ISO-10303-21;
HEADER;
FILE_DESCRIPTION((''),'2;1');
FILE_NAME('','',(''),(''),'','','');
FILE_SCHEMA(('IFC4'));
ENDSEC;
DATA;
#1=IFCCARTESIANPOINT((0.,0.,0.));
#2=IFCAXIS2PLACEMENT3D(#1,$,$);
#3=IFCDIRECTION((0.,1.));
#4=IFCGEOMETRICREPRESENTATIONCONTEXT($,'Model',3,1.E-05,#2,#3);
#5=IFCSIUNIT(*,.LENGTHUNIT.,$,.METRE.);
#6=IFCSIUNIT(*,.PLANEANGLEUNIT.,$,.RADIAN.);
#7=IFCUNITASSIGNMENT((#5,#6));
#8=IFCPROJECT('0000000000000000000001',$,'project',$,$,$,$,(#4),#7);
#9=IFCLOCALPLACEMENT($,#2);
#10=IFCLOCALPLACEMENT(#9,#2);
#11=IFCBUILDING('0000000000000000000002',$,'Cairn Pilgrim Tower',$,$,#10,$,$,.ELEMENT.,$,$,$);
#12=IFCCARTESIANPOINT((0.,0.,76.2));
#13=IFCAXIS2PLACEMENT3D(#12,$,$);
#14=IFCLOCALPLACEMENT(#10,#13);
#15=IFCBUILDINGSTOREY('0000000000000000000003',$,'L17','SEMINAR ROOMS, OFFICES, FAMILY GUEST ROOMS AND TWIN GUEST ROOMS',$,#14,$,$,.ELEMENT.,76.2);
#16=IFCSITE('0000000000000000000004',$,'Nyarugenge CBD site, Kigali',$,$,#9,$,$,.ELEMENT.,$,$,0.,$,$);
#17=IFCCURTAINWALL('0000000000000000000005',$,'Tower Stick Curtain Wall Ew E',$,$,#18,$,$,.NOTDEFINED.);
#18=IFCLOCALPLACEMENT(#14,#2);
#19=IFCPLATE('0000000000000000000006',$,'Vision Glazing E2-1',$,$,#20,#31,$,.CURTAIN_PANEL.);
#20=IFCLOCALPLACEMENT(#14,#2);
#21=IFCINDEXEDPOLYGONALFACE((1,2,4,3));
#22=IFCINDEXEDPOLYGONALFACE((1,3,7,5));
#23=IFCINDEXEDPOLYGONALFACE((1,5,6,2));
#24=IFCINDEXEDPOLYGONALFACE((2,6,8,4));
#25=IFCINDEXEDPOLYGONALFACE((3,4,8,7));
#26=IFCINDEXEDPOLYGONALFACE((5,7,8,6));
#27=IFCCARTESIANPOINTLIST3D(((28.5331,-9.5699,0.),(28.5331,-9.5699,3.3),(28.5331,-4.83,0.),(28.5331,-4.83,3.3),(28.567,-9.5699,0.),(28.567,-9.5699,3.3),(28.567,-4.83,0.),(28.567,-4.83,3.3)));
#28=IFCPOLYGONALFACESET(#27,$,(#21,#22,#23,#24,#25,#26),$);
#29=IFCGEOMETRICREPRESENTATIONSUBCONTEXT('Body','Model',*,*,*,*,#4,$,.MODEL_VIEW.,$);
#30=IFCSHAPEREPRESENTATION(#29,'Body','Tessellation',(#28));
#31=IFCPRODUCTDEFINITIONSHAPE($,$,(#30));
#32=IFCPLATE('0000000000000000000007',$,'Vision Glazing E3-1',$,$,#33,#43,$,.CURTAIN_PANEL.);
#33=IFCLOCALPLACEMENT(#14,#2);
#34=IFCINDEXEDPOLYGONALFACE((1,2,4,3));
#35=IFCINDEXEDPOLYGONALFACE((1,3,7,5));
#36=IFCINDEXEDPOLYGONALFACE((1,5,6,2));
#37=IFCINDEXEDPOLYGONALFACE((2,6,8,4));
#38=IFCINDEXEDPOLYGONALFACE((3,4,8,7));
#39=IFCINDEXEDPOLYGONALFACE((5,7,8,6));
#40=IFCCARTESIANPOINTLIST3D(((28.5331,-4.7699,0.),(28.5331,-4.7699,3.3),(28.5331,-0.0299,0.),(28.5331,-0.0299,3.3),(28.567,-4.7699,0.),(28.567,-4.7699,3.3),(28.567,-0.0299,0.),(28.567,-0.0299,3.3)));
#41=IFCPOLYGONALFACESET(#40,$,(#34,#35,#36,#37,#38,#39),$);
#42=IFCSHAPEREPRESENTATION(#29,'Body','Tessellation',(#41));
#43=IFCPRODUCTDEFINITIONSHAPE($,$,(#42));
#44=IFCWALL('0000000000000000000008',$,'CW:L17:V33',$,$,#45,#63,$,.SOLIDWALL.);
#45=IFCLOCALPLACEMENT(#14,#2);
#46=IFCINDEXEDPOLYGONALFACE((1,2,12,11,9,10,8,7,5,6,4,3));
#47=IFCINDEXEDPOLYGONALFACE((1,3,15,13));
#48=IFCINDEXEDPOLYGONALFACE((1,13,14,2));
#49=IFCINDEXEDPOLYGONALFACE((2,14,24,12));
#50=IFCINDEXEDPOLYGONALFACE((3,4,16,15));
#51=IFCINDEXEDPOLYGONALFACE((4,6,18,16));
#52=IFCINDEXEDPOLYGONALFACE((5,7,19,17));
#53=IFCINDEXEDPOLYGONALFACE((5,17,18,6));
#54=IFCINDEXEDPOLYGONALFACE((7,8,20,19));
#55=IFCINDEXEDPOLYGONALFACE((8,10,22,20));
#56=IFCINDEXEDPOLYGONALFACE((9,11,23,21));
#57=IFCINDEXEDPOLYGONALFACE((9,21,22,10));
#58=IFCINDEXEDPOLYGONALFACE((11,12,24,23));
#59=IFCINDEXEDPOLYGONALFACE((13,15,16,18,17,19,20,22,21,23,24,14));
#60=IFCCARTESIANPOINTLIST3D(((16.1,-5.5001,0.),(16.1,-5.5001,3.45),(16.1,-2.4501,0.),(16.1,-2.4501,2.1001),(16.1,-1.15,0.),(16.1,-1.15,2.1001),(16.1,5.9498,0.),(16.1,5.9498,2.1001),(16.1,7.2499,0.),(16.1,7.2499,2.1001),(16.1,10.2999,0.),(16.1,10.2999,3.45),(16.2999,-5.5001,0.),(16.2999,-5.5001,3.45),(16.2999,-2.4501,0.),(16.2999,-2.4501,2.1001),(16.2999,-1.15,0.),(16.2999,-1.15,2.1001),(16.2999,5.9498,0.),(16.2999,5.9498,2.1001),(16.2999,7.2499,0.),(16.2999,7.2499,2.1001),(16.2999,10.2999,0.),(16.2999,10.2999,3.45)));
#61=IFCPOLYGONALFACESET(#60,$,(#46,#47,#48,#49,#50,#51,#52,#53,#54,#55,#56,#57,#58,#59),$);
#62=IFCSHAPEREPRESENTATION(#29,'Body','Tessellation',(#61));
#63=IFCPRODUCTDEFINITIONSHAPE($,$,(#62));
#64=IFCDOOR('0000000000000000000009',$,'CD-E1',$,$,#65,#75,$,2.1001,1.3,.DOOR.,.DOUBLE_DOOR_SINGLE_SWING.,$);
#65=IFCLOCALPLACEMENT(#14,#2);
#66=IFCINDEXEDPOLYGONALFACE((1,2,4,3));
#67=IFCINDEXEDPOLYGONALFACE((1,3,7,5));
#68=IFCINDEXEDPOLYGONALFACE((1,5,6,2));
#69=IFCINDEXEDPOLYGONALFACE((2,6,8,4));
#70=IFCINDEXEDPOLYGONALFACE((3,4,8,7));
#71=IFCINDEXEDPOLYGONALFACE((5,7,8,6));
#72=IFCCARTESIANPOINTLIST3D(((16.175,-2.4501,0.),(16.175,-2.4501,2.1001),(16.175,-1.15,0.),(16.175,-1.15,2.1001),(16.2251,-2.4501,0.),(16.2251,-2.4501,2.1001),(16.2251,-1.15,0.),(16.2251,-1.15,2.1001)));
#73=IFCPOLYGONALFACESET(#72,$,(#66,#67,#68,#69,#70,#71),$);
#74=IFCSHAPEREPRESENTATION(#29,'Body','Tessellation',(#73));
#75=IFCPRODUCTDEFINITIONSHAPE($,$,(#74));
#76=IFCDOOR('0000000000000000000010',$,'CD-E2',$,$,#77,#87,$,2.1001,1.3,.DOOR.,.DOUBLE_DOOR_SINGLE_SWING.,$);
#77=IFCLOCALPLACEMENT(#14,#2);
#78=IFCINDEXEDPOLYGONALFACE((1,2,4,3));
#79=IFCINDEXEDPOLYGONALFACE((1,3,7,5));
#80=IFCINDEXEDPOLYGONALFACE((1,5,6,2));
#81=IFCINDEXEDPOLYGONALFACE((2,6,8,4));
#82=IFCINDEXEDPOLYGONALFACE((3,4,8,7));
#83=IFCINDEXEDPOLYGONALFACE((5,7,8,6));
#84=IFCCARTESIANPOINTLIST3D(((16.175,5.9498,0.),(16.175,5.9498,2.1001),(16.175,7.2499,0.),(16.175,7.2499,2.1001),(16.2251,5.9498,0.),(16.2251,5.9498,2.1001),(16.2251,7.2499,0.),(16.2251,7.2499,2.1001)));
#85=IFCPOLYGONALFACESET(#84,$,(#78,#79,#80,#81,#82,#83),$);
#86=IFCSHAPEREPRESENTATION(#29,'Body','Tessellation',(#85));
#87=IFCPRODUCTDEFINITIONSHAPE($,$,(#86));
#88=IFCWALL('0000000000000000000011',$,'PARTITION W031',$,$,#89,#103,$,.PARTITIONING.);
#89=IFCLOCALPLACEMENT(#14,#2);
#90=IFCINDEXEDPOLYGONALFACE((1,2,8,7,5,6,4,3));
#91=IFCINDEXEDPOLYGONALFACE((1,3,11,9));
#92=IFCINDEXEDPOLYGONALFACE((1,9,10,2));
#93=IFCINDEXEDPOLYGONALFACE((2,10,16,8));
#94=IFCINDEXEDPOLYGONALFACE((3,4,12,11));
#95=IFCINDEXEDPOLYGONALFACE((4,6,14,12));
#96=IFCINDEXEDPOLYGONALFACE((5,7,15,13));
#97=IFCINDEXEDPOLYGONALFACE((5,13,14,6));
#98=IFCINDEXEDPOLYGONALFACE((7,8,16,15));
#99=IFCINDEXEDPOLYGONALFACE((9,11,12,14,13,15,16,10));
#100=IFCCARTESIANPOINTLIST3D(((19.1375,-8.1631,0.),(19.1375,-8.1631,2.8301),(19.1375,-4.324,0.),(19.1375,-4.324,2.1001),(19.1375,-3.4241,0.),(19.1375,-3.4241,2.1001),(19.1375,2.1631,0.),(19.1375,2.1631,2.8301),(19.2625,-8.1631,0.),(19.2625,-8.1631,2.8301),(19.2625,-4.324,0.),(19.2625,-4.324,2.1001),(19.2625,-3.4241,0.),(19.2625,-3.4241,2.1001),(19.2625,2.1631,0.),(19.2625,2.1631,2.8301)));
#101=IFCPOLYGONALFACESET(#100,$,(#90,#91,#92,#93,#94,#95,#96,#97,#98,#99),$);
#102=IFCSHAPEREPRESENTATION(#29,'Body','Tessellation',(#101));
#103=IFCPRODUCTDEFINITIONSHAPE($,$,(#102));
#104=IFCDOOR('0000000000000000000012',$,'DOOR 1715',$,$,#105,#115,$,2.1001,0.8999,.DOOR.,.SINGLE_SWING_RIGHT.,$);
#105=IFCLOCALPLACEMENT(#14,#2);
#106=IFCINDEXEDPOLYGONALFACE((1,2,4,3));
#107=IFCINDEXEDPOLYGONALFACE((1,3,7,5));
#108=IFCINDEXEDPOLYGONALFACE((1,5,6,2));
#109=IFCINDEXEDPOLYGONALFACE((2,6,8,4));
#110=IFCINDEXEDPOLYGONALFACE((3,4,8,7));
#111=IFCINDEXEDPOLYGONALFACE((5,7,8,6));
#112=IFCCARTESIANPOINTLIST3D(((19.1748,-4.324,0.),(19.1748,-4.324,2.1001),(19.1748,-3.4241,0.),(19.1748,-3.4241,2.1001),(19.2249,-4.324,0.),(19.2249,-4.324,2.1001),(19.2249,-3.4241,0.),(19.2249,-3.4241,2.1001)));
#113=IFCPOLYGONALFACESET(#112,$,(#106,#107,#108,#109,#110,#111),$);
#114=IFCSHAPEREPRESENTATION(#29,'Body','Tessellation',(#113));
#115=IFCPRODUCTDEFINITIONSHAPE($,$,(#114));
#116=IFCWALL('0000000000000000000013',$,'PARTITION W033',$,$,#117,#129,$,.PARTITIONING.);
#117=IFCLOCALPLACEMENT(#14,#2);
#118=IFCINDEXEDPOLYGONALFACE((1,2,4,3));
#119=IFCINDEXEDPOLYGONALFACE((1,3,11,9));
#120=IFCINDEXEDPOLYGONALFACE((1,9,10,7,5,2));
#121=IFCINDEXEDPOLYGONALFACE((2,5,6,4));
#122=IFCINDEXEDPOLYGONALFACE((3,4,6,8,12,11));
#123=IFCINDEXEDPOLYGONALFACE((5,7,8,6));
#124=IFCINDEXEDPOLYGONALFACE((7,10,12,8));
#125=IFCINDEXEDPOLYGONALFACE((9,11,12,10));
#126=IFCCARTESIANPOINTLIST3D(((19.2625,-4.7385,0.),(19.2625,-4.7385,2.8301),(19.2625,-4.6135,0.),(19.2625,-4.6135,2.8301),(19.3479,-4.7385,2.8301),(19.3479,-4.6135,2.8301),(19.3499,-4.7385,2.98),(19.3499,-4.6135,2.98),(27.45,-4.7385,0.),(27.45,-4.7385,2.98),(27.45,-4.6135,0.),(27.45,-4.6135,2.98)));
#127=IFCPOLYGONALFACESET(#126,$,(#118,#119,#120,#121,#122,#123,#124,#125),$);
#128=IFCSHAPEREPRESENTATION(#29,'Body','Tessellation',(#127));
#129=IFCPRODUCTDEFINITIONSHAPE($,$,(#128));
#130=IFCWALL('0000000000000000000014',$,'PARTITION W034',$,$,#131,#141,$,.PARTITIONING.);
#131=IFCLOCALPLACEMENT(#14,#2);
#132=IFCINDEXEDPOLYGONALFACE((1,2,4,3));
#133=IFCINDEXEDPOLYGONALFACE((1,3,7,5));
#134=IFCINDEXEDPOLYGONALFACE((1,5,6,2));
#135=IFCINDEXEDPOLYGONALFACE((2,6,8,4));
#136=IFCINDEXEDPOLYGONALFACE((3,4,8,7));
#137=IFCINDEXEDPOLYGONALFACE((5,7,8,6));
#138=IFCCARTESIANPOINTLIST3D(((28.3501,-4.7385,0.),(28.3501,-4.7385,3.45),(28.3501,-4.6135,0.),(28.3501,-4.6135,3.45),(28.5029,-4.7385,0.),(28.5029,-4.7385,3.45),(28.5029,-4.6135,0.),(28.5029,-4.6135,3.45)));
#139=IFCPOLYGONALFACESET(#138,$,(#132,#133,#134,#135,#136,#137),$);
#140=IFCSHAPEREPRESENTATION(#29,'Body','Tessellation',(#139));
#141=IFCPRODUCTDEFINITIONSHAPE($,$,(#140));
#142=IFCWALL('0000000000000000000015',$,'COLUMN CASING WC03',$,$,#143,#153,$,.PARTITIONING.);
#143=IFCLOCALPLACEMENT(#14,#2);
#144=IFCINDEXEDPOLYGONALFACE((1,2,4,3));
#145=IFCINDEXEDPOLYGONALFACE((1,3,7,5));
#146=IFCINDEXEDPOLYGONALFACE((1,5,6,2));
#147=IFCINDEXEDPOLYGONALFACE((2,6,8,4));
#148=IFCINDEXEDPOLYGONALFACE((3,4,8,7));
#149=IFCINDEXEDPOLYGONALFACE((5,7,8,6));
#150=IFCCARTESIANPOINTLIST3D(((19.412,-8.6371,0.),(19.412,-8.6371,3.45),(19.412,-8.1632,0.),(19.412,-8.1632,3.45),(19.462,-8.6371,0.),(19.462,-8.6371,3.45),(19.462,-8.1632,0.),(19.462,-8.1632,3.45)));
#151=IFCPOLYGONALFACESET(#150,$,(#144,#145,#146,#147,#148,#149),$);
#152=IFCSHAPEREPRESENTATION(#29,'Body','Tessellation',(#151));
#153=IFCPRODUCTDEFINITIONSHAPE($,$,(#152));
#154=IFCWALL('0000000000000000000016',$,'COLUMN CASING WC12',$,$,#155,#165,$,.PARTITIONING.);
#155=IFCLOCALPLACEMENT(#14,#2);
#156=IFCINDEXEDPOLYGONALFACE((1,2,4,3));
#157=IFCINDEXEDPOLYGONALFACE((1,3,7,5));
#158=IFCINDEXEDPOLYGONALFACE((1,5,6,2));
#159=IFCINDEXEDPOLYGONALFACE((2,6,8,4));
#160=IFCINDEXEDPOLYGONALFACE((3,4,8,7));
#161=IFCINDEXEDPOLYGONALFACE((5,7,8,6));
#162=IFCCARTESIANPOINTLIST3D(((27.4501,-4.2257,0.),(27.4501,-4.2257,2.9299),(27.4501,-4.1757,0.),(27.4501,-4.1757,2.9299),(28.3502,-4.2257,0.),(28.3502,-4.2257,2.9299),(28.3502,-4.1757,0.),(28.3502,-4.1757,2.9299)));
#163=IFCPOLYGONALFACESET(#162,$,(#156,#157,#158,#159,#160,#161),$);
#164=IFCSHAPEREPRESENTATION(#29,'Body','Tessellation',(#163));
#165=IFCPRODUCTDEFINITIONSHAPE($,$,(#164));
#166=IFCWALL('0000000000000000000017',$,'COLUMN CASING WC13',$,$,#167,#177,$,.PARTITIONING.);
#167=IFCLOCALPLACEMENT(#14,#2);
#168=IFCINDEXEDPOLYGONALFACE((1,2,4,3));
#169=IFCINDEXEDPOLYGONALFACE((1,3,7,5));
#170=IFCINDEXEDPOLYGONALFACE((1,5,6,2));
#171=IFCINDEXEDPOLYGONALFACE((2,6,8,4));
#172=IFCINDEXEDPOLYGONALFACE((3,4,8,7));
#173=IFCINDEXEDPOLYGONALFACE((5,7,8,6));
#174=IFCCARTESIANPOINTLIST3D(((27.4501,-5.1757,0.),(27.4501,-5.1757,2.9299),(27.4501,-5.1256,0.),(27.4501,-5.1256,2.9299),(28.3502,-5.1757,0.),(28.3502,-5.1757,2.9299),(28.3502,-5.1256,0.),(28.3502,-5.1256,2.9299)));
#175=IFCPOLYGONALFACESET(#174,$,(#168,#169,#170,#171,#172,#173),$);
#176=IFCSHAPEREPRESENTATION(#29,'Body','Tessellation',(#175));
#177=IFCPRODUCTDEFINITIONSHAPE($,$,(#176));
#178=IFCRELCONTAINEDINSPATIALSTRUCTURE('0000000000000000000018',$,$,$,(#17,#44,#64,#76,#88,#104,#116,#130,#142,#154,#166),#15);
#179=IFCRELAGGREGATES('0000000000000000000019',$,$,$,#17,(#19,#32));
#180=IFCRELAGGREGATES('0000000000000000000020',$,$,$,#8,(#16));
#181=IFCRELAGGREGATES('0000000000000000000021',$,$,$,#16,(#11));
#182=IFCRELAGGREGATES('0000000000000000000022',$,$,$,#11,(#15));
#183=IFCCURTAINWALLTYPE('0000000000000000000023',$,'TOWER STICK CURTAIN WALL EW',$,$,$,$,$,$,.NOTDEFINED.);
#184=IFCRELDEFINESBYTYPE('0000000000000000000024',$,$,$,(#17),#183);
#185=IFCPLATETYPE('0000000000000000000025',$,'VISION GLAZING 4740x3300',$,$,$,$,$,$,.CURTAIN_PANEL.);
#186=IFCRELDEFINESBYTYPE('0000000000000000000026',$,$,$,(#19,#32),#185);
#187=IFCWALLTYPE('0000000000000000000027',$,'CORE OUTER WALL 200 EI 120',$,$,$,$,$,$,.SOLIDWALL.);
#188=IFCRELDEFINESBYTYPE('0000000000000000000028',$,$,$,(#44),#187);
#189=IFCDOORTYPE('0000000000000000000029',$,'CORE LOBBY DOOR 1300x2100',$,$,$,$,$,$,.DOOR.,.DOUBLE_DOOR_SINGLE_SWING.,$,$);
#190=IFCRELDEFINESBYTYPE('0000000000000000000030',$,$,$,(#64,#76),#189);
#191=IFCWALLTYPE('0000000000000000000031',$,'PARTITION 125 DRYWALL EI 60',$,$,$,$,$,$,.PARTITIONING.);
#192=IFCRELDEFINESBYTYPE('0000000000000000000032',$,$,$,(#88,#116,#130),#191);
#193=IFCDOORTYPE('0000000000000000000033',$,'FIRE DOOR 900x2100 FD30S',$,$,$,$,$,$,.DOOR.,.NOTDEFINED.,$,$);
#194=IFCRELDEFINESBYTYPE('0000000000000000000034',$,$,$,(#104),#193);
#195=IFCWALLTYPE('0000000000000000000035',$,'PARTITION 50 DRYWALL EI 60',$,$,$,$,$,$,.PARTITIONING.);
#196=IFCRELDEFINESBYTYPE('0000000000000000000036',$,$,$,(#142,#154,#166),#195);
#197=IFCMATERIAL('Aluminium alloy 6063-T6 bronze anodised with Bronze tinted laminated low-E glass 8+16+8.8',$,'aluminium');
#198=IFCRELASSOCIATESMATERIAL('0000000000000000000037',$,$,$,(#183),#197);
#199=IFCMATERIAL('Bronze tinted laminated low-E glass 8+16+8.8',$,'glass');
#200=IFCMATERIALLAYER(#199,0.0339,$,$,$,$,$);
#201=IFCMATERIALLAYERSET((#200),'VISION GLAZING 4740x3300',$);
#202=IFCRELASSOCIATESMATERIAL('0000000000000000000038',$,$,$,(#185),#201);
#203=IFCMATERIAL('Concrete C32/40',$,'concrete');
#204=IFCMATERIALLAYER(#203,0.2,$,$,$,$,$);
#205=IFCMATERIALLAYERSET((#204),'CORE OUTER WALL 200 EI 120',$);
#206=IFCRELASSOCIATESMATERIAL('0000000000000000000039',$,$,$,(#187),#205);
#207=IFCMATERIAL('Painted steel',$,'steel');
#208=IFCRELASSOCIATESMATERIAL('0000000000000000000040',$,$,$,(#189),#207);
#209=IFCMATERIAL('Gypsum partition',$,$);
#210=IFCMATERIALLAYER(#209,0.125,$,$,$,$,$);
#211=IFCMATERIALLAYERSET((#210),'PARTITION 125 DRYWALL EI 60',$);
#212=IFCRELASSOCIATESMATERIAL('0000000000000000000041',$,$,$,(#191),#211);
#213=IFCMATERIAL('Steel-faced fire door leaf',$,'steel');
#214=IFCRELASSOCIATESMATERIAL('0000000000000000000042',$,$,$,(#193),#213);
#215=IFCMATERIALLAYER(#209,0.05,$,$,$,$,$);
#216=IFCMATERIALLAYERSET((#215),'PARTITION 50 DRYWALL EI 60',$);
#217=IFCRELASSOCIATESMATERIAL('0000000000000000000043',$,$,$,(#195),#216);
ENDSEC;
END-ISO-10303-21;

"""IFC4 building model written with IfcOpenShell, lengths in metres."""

from ifc_helpers import new_model, si_unit, direction, frame, frame_2d, origin, origin_2d, place, context, subcontext, project, spatial, polyline, rectangle, outline, extrude, material, layer, layer_set, type_object, element, fill, aggregate, save


model = new_model("IFC4")

# Units and contexts
model_context = context("Model", 3, precision=1e-05, world=origin(), true_north=direction((0.0, 1.0)))
body_context = subcontext(model_context, "Body", "Model", "MODEL_VIEW")
ifc_project = project(units=[si_unit("LENGTHUNIT", "METRE"), si_unit("PLANEANGLEUNIT", "RADIAN")], contexts=[model_context])

# Site, building, storey
site_placement = place(None, origin())
site = spatial("IfcSite", under=ifc_project, at=site_placement, Name="Nyarugenge CBD site, Kigali", CompositionType="ELEMENT", RefElevation=0.0)
building_placement = place(site_placement, origin())
building = spatial("IfcBuilding", under=site, at=building_placement, Name="Cairn Pilgrim Tower", CompositionType="ELEMENT")
storey_placement = place(building_placement, frame((0.0, 0.0, 76.2)))
storey = spatial("IfcBuildingStorey", under=building, at=storey_placement, Name="L17", Description="SEMINAR ROOMS, OFFICES, FAMILY GUEST ROOMS AND TWIN GUEST ROOMS", CompositionType="ELEMENT", Elevation=76.2)

# Curtain wall
ifc_material_1 = material(Name="Aluminium alloy 6063-T6 bronze anodised with Bronze tinted laminated low-E glass 8+16+8.8", Category="aluminium")
curtain_wall_type = type_object("IfcCurtainWallType", Name="TOWER STICK CURTAIN WALL EW", PredefinedType="NOTDEFINED", material=ifc_material_1)
curtain_wall_placement = place(storey_placement, origin())
curtain_wall = element("IfcCurtainWall", 1, at=curtain_wall_placement, inside=storey, type_object=curtain_wall_type, Name="Tower Stick Curtain Wall Ew E", PredefinedType="NOTDEFINED")

# Plates
ifc_material_2 = material(Name="Bronze tinted laminated low-E glass 8+16+8.8", Category="glass")
ifc_layer_1 = layer(ifc_material_2, 0.0339)
ifc_layer_set_1 = layer_set([ifc_layer_1], Name="VISION GLAZING 4740x3300")
plate_type_1 = type_object("IfcPlateType", Name="VISION GLAZING 4740x3300", PredefinedType="CURTAIN_PANEL", material=ifc_layer_set_1)
plate_1_placement = place(storey_placement, frame((28.55, -7.2, 0.0), z_axis=(0.0, 0.0, 1.0), x_axis=(0.0, 1.0, 0.0)))
plate_1 = element("IfcPlate", 2, at=plate_1_placement, type_object=plate_type_1, Name="Vision Glazing E2-1", PredefinedType="CURTAIN_PANEL", context=body_context, shape_type="SweptSolid", body=[
    extrude(rectangle(XDim=4.74, YDim=0.0339, at=origin_2d()), origin(), (0.0, 0.0, 1.0), 3.3),
])
plate_2_placement = place(storey_placement, frame((28.55, -2.3999, 0.0), z_axis=(0.0, 0.0, 1.0), x_axis=(0.0, 1.0, 0.0)))
plate_2 = element("IfcPlate", 3, at=plate_2_placement, type_object=plate_type_1, Name="Vision Glazing E3-1", PredefinedType="CURTAIN_PANEL", context=body_context, shape_type="SweptSolid", body=[
    extrude(rectangle(XDim=4.74, YDim=0.0339, at=origin_2d()), origin(), (0.0, 0.0, 1.0), 3.3),
])
aggregate(curtain_wall, [plate_1, plate_2])

# Wall, openings, doors
ifc_material_3 = material(Name="Concrete C32/40", Category="concrete")
ifc_layer_2 = layer(ifc_material_3, 0.2)
ifc_layer_set_2 = layer_set([ifc_layer_2], Name="CORE OUTER WALL 200 EI 120")
wall_type_1 = type_object("IfcWallType", Name="CORE OUTER WALL 200 EI 120", PredefinedType="SOLIDWALL", material=ifc_layer_set_2)
wall_1_placement = place(storey_placement, frame((16.2, -5.5, 0.0), z_axis=(0.0, 0.0, 1.0), x_axis=(0.0, 1.0, 0.0)))
wall_1 = element("IfcWall", 4, at=wall_1_placement, inside=storey, type_object=wall_type_1, Name="CW:L17:V33", PredefinedType="SOLIDWALL", context=body_context, shape_type="SweptSolid", body=[
    extrude(rectangle(XDim=15.8, YDim=0.2, at=frame_2d((7.8999, 0.0))), origin(), (0.0, 0.0, 1.0), 3.45),
])
opening_1_placement = place(wall_1_placement, frame((3.05, 0.0, 0.0)))
opening_1 = element("IfcOpeningElement", 5, at=opening_1_placement, cuts=wall_1, PredefinedType="OPENING", context=body_context, shape_type="SweptSolid", body=[
    extrude(rectangle(XDim=1.3, YDim=2.1001, at=frame_2d((0.6499, 1.05))), frame((0.0, 0.1099, 0.0), z_axis=(0.0, -1.0, 0.0), x_axis=(1.0, 0.0, 0.0)), (0.0, 0.0, 1.0), 0.22),
])
opening_2_placement = place(wall_1_placement, frame((11.45, 0.0, 0.0)))
opening_2 = element("IfcOpeningElement", 6, at=opening_2_placement, cuts=wall_1, PredefinedType="OPENING", context=body_context, shape_type="SweptSolid", body=[
    extrude(rectangle(XDim=1.3, YDim=2.1001, at=frame_2d((0.6499, 1.05))), frame((0.0, 0.1099, 0.0), z_axis=(0.0, -1.0, 0.0), x_axis=(1.0, 0.0, 0.0)), (0.0, 0.0, 1.0), 0.22),
])
ifc_material_4 = material(Name="Painted steel", Category="steel")
door_type_1 = type_object("IfcDoorType", Name="CORE LOBBY DOOR 1300x2100", OperationType="DOUBLE_DOOR_SINGLE_SWING", PredefinedType="DOOR", material=ifc_material_4)
door_1_placement = place(opening_1_placement, origin())
door_1 = element("IfcDoor", 7, at=door_1_placement, inside=storey, type_object=door_type_1, Name="CD-E1", OperationType="DOUBLE_DOOR_SINGLE_SWING", OverallHeight=2.1001, OverallWidth=1.3, PredefinedType="DOOR", context=body_context, shape_type="SweptSolid", body=[
    extrude(rectangle(XDim=1.3, YDim=2.1001, at=frame_2d((0.6499, 1.05))), frame((0.0, 0.0249, 0.0), z_axis=(0.0, -1.0, 0.0), x_axis=(1.0, 0.0, 0.0)), (0.0, 0.0, 1.0), 0.05),
])
fill(opening_1, door_1)
door_2_placement = place(opening_2_placement, origin())
door_2 = element("IfcDoor", 8, at=door_2_placement, inside=storey, type_object=door_type_1, Name="CD-E2", OperationType="DOUBLE_DOOR_SINGLE_SWING", OverallHeight=2.1001, OverallWidth=1.3, PredefinedType="DOOR", context=body_context, shape_type="SweptSolid", body=[
    extrude(rectangle(XDim=1.3, YDim=2.1001, at=frame_2d((0.6499, 1.05))), frame((0.0, 0.0249, 0.0), z_axis=(0.0, -1.0, 0.0), x_axis=(1.0, 0.0, 0.0)), (0.0, 0.0, 1.0), 0.05),
])
fill(opening_2, door_2)

# Wall, opening, door
ifc_material_5 = material(Name="Gypsum partition")
ifc_layer_3 = layer(ifc_material_5, 0.125)
ifc_layer_set_3 = layer_set([ifc_layer_3], Name="PARTITION 125 DRYWALL EI 60")
wall_type_2 = type_object("IfcWallType", Name="PARTITION 125 DRYWALL EI 60", PredefinedType="PARTITIONING", material=ifc_layer_set_3)
wall_2_placement = place(storey_placement, frame((19.2, -8.1631, 0.0), z_axis=(0.0, 0.0, 1.0), x_axis=(0.0, 1.0, 0.0)))
wall_2 = element("IfcWall", 9, at=wall_2_placement, inside=storey, type_object=wall_type_2, Name="PARTITION W031", PredefinedType="PARTITIONING", context=body_context, shape_type="SweptSolid", body=[
    extrude(rectangle(XDim=10.3262, YDim=0.125, at=frame_2d((5.1631, 0.0))), origin(), (0.0, 0.0, 1.0), 2.8301),
])
opening_3_placement = place(wall_2_placement, frame((3.8391, 0.0, 0.0)))
opening_3 = element("IfcOpeningElement", 10, at=opening_3_placement, cuts=wall_2, PredefinedType="OPENING", context=body_context, shape_type="SweptSolid", body=[
    extrude(rectangle(XDim=0.8999, YDim=2.1001, at=frame_2d((0.45, 1.05))), frame((0.0, 0.0725, 0.0), z_axis=(0.0, -1.0, 0.0), x_axis=(1.0, 0.0, 0.0)), (0.0, 0.0, 1.0), 0.145),
])
ifc_material_6 = material(Name="Steel-faced fire door leaf", Category="steel")
door_type_2 = type_object("IfcDoorType", Name="FIRE DOOR 900x2100 FD30S", OperationType="NOTDEFINED", PredefinedType="DOOR", material=ifc_material_6)
door_3_placement = place(opening_3_placement, frame((0.8999, 0.0, 0.0), z_axis=(0.0, 0.0, 1.0), x_axis=(-1.0, 0.0, 0.0)))
door_3 = element("IfcDoor", 11, at=door_3_placement, inside=storey, type_object=door_type_2, Name="DOOR 1715", OperationType="SINGLE_SWING_RIGHT", OverallHeight=2.1001, OverallWidth=0.8999, PredefinedType="DOOR", context=body_context, shape_type="SweptSolid", body=[
    extrude(rectangle(XDim=0.8999, YDim=2.1001, at=frame_2d((0.45, 1.05))), frame((0.0, 0.0249, 0.0), z_axis=(0.0, -1.0, 0.0), x_axis=(1.0, 0.0, 0.0)), (0.0, 0.0, 1.0), 0.05),
])
fill(opening_3, door_3)

# Walls
wall_3_placement = place(storey_placement, frame((19.2625, -4.676, 0.0), z_axis=(0.0, 0.0, 1.0), x_axis=(1.0, 0.0, 0.0)))
element("IfcWall", 12, at=wall_3_placement, inside=storey, type_object=wall_type_2, Name="PARTITION W033", PredefinedType="PARTITIONING", context=body_context, shape_type="SweptSolid", body=[
    extrude(outline(polyline([(0.0, 0.0), (8.1875, 0.0), (8.1875, 2.98), (0.0874, 2.98), (0.0854, 2.8301), (0.0, 2.8301), (0.0, 0.0)])), frame((0.0, 0.0625, 0.0), z_axis=(0.0, -1.0, 0.0), x_axis=(1.0, 0.0, 0.0)), (0.0, 0.0, 1.0), 0.125),
])
wall_4_placement = place(storey_placement, frame((28.3501, -4.676, 0.0), z_axis=(0.0, 0.0, 1.0), x_axis=(1.0, 0.0, 0.0)))
element("IfcWall", 13, at=wall_4_placement, inside=storey, type_object=wall_type_2, Name="PARTITION W034", PredefinedType="PARTITIONING", context=body_context, shape_type="SweptSolid", body=[
    extrude(rectangle(XDim=0.1528, YDim=0.125, at=frame_2d((0.0764, 0.0))), origin(), (0.0, 0.0, 1.0), 3.45),
])
ifc_layer_4 = layer(ifc_material_5, 0.05)
ifc_layer_set_4 = layer_set([ifc_layer_4], Name="PARTITION 50 DRYWALL EI 60")
wall_type_3 = type_object("IfcWallType", Name="PARTITION 50 DRYWALL EI 60", PredefinedType="PARTITIONING", material=ifc_layer_set_4)
wall_5_placement = place(storey_placement, frame((19.437, -8.637, 0.0), z_axis=(0.0, 0.0, 1.0), x_axis=(0.0, 1.0, 0.0)))
element("IfcWall", 14, at=wall_5_placement, inside=storey, type_object=wall_type_3, Name="COLUMN CASING WC03", PredefinedType="PARTITIONING", context=body_context, shape_type="SweptSolid", body=[
    extrude(rectangle(XDim=0.4739, YDim=0.05, at=frame_2d((0.2368, 0.0))), origin(), (0.0, 0.0, 1.0), 3.45),
])
for number, where, z_axis, x_axis, name in (
    (15, (27.45, -4.2007, 0.0), (0.0, 0.0, 1.0), (1.0, 0.0, 0.0), "COLUMN CASING WC12"),
    (16, (27.45, -5.1506, 0.0), (0.0, 0.0, 1.0), (1.0, 0.0, 0.0), "COLUMN CASING WC13"),
):
    element("IfcWall", number, at=place(storey_placement, frame(where, z_axis=z_axis, x_axis=x_axis)), inside=storey, type_object=wall_type_3, Name=name, PredefinedType="PARTITIONING", context=body_context, shape_type="SweptSolid", body=[
        extrude(rectangle(XDim=0.9001, YDim=0.05, at=frame_2d((0.4502, 0.0))), origin(), (0.0, 0.0, 1.0), 2.9299),
    ])

save(model, "model.ifc")
